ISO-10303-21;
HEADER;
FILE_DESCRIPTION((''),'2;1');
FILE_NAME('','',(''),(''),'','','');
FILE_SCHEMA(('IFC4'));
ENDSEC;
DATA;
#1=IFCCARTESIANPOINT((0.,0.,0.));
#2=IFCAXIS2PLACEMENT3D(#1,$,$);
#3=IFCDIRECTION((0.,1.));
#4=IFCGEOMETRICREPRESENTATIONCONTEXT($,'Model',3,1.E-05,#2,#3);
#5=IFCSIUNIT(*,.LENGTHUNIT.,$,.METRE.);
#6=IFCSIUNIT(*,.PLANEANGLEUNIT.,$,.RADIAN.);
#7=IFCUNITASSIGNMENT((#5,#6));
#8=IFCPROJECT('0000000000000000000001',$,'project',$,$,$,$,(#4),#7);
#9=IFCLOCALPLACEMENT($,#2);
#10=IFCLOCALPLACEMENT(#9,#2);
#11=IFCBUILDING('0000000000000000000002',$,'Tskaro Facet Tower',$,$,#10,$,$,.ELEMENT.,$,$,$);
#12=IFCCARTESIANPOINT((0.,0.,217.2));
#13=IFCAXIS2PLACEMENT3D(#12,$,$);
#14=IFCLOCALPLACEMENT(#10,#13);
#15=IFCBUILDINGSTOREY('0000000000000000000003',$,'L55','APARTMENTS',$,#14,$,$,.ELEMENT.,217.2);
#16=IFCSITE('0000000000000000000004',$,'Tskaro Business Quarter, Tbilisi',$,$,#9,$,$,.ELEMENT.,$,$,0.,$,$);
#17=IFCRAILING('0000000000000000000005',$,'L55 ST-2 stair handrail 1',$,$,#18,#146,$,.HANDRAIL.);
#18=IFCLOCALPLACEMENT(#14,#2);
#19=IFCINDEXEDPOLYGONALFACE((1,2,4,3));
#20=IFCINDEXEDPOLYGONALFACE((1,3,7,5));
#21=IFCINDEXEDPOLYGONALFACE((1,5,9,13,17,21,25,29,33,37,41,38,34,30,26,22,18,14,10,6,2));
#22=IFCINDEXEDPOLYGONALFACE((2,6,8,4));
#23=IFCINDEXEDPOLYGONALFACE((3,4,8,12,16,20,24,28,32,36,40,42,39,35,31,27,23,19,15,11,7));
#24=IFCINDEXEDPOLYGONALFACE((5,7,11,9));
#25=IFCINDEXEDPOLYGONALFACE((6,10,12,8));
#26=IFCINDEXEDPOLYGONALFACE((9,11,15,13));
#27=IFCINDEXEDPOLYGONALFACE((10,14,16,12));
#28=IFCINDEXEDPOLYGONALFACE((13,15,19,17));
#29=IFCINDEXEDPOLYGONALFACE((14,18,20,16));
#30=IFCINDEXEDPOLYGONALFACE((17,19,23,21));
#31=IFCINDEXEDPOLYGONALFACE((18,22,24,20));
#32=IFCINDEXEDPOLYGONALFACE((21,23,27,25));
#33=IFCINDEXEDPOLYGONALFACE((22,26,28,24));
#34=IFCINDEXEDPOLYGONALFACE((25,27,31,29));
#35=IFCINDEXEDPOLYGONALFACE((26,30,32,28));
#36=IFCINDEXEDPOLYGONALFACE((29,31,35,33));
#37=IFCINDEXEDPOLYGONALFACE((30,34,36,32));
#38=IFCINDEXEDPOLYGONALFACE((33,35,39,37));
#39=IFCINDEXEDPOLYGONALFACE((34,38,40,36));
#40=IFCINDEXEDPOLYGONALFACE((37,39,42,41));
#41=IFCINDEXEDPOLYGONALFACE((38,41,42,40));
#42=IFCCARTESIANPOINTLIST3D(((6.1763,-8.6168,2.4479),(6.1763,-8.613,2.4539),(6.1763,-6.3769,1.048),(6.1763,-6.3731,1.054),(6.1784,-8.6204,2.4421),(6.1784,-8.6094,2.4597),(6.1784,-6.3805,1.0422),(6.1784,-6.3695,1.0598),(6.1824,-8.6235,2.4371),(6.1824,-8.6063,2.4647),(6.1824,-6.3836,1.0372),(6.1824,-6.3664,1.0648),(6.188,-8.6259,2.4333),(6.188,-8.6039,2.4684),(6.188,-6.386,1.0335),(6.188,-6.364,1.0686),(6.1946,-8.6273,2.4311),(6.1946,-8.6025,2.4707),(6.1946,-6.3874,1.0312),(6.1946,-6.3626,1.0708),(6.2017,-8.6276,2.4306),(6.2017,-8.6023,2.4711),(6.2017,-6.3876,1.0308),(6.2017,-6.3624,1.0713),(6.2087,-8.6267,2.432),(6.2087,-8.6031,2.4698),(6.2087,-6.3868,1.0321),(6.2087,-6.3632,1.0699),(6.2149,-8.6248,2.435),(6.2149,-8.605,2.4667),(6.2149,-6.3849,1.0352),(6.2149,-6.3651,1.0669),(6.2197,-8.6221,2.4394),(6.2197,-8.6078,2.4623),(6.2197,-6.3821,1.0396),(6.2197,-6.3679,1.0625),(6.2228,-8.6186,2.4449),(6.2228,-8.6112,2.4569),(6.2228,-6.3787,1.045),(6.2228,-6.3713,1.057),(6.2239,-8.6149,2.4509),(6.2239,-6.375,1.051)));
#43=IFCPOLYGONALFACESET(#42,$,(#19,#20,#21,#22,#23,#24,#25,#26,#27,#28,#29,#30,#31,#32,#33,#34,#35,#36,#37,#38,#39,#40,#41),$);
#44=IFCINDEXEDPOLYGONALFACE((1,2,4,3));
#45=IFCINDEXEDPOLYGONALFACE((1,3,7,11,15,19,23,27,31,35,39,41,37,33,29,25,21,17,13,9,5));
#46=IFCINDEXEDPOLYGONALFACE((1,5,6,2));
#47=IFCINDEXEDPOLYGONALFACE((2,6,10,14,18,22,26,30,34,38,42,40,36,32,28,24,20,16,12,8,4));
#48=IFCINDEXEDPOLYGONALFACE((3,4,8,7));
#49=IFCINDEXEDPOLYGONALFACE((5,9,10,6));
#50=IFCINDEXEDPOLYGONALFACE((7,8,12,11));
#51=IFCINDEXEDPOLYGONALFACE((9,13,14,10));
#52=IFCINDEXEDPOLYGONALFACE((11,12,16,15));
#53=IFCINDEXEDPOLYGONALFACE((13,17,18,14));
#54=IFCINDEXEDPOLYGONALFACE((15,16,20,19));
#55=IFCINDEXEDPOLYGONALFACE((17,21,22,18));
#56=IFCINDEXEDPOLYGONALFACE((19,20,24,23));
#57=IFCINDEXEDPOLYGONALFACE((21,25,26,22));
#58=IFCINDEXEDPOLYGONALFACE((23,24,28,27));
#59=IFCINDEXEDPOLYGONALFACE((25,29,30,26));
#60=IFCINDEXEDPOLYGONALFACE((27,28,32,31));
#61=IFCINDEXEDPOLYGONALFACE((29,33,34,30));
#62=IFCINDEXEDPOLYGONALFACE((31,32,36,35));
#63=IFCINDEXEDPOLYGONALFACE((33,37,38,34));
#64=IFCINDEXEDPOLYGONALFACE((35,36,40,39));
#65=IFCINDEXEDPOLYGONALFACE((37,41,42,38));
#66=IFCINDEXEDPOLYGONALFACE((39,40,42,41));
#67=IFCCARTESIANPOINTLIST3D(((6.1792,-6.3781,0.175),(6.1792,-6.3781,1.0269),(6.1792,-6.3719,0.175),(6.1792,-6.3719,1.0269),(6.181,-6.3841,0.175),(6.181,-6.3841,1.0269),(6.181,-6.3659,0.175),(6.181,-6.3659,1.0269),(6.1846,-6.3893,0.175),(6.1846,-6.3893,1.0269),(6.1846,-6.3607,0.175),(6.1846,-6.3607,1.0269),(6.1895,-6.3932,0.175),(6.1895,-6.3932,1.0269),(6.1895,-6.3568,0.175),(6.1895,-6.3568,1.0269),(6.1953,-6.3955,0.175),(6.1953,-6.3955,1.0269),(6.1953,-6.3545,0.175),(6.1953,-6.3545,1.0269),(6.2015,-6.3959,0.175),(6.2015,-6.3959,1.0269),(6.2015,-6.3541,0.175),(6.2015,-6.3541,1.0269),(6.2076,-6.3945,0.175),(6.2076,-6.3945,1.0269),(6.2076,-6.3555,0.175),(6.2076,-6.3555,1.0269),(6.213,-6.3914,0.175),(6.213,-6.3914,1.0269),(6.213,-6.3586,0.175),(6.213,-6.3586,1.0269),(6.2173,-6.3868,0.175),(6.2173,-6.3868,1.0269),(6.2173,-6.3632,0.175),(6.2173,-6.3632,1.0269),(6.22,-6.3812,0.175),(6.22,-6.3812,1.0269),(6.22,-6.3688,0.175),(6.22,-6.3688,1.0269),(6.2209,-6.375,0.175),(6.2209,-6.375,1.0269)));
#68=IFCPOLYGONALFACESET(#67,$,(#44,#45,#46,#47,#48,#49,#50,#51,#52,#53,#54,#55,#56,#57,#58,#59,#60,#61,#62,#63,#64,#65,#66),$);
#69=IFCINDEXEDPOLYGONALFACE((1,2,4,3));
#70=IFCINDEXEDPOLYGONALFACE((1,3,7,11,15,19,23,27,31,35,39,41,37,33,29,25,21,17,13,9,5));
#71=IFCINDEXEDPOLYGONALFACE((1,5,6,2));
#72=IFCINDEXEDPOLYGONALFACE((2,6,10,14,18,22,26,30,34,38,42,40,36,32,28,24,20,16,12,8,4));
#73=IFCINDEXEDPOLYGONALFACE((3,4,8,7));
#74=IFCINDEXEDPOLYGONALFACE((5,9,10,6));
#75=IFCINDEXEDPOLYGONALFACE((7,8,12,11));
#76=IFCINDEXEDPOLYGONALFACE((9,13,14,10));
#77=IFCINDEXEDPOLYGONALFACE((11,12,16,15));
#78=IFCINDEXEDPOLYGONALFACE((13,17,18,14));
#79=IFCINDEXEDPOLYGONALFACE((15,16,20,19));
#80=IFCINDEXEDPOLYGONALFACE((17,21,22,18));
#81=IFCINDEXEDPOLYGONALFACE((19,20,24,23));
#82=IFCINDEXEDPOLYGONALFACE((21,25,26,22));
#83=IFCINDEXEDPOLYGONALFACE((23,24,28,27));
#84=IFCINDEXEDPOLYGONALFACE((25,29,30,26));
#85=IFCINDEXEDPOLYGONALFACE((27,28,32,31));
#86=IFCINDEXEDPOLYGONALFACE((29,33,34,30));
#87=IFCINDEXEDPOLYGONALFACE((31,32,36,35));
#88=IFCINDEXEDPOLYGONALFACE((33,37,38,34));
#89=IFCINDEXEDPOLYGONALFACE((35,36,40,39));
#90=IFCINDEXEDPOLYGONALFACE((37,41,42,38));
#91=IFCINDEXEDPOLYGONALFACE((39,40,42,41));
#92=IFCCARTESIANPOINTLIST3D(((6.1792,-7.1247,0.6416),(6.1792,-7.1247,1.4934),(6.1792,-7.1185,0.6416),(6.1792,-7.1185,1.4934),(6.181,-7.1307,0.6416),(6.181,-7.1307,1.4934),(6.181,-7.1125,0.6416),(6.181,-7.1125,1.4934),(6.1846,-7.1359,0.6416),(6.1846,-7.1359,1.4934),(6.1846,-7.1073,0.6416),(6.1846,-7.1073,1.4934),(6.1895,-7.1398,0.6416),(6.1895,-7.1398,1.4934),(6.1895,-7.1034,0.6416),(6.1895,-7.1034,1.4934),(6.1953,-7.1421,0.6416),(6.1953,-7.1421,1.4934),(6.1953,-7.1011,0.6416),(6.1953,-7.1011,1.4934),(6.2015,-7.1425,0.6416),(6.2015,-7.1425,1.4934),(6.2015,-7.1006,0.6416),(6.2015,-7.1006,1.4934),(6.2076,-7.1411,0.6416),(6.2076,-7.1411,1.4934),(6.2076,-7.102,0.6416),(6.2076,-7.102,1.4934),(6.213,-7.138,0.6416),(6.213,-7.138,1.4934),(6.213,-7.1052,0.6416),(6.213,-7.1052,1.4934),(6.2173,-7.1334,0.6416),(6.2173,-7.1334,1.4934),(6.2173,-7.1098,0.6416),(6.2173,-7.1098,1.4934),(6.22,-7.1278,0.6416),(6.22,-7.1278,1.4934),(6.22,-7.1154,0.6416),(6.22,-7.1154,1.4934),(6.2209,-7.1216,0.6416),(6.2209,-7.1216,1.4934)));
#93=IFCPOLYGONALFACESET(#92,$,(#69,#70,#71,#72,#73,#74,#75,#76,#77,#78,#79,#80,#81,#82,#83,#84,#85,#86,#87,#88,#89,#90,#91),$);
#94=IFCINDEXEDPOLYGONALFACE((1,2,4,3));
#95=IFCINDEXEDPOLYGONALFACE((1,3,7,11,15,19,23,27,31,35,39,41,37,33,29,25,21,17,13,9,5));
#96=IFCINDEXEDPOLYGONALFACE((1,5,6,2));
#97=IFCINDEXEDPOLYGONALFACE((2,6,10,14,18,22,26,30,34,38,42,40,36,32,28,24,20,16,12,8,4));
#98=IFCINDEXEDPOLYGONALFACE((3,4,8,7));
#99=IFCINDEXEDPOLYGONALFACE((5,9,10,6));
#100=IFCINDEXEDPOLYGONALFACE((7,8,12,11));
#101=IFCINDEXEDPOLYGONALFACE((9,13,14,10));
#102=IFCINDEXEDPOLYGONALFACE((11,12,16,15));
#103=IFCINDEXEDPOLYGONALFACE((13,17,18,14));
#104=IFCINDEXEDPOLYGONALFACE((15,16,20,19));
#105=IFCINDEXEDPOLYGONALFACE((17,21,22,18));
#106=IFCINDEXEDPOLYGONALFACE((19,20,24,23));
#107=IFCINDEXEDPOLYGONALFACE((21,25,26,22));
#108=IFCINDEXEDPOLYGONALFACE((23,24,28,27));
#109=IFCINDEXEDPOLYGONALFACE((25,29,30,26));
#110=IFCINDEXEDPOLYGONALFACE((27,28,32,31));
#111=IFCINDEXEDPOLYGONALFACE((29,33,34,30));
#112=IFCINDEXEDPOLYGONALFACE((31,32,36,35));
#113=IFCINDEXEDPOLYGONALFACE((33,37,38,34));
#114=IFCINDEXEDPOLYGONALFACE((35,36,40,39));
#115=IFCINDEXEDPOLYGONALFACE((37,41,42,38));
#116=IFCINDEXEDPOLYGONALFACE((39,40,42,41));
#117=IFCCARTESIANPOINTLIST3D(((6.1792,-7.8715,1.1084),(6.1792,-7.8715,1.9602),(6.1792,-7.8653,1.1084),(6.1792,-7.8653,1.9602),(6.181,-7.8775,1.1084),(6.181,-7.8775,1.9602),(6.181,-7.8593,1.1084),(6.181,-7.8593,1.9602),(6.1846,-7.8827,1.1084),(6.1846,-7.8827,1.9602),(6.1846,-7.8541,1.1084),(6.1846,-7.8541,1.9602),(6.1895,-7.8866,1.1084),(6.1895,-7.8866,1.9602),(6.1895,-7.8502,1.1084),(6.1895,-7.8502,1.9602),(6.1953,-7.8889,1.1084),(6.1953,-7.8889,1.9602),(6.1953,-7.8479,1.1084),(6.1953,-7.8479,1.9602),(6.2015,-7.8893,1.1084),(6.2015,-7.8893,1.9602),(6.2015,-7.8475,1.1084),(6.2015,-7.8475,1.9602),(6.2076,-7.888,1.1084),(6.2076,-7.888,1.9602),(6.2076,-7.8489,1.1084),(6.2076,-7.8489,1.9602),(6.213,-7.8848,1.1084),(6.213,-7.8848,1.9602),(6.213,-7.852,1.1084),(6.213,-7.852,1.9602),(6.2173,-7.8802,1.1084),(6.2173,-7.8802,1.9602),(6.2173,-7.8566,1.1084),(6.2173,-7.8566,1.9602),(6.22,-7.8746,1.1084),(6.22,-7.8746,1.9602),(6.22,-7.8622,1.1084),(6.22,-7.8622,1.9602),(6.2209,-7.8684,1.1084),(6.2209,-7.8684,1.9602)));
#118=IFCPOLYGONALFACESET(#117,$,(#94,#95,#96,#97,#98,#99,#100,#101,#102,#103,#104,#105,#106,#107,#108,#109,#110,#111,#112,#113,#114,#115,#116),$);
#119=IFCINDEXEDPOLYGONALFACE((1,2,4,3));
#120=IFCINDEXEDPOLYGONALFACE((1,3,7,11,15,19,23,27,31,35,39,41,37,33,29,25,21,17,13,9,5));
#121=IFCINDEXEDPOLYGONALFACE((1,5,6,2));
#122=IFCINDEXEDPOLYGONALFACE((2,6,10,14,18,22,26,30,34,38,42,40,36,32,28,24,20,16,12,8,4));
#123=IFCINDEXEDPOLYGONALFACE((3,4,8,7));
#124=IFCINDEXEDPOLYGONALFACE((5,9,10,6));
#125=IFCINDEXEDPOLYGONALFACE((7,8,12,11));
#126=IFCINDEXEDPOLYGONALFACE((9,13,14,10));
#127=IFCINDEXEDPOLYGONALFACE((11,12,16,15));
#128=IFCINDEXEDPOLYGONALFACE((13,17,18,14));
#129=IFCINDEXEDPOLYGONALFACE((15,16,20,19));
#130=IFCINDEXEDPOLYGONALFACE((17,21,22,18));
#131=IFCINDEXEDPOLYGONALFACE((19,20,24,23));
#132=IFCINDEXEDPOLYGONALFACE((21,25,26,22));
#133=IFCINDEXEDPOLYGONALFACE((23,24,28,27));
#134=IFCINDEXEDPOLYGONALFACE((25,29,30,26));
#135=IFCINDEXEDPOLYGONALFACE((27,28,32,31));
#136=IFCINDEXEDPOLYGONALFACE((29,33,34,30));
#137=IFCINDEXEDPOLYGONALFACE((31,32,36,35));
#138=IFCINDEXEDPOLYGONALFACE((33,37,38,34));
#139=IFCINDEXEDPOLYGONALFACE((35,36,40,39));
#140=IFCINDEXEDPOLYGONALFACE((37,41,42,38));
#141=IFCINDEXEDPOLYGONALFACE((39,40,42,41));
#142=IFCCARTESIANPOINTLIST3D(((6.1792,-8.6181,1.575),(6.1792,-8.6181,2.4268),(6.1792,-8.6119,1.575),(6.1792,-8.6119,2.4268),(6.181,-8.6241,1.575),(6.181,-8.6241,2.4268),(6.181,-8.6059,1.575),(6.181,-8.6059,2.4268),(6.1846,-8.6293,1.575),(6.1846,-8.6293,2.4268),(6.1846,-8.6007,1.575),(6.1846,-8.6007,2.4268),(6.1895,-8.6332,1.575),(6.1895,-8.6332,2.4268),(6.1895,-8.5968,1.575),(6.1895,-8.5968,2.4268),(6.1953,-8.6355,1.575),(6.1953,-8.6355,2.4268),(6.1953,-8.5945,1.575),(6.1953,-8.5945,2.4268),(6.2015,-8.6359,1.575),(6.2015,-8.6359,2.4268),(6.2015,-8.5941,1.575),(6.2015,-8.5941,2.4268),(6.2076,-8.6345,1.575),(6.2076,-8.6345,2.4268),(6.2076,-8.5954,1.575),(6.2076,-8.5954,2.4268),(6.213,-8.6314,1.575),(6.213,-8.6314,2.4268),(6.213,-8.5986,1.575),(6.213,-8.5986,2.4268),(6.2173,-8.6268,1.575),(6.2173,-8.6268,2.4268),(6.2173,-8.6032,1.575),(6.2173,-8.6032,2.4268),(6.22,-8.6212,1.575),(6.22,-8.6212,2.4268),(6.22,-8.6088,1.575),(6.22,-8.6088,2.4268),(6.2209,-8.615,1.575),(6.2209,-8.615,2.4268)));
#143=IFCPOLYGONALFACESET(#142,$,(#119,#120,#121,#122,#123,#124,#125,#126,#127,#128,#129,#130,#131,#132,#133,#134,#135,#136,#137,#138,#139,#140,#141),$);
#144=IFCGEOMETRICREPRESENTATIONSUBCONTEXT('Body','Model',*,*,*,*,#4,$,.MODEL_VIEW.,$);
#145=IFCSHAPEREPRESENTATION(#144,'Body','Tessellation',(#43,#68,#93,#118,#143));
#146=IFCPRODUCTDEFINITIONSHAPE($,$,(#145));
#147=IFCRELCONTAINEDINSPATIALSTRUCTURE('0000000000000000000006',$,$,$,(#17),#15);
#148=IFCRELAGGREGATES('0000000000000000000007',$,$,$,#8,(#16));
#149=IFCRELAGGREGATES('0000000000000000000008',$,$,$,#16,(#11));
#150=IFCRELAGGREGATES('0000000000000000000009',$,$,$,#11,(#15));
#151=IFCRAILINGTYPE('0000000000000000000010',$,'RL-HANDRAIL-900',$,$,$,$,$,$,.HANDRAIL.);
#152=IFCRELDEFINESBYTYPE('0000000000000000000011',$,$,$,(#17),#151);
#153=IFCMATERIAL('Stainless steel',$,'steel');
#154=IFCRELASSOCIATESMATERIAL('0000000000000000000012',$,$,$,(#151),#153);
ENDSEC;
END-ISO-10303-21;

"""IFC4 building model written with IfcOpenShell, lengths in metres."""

from ifc_helpers import new_model, si_unit, direction, frame, origin, origin_2d, place, context, subcontext, project, spatial, circle, extrude, material, type_object, element, save


model = new_model("IFC4")

# Units and contexts
model_context = context("Model", 3, precision=1e-05, world=origin(), true_north=direction((0.0, 1.0)))
body_context = subcontext(model_context, "Body", "Model", "MODEL_VIEW")
ifc_project = project(units=[si_unit("LENGTHUNIT", "METRE"), si_unit("PLANEANGLEUNIT", "RADIAN")], contexts=[model_context])

# Site, building, storey
site_placement = place(None, origin())
site = spatial("IfcSite", under=ifc_project, at=site_placement, Name="Tskaro Business Quarter, Tbilisi", CompositionType="ELEMENT", RefElevation=0.0)
building_placement = place(site_placement, origin())
building = spatial("IfcBuilding", under=site, at=building_placement, Name="Tskaro Facet Tower", CompositionType="ELEMENT")
storey_placement = place(building_placement, frame((0.0, 0.0, 217.2)))
storey = spatial("IfcBuildingStorey", under=building, at=storey_placement, Name="L55", Description="APARTMENTS", CompositionType="ELEMENT", Elevation=217.2)

# Railing
ifc_material_1 = material(Name="Stainless steel", Category="steel")
railing_type_1 = type_object("IfcRailingType", Name="RL-HANDRAIL-900", PredefinedType="HANDRAIL", material=ifc_material_1)
railing_1_placement = place(storey_placement, frame((6.2, -6.375, 0.175)))
element("IfcRailing", 1, at=railing_1_placement, inside=storey, type_object=railing_type_1, Name="L55 ST-2 stair handrail 1", PredefinedType="HANDRAIL", context=body_context, shape_type="SweptSolid", body=[
    extrude(circle(Radius=0.0239, at=origin_2d()), frame((0.0, 0.0, 0.876), z_axis=(0.0, -0.848014, 0.529974), x_axis=(1.0, 0.0, 0.0)), (0.0, 0.0, 1.0), 2.6414),
    extrude(circle(Radius=0.021, at=origin_2d()), origin(), (0.0, 0.0, 1.0), 0.8518),
    extrude(circle(Radius=0.021, at=origin_2d()), frame((0.0, -0.7466, 0.4666)), (0.0, 0.0, 1.0), 0.8518),
    extrude(circle(Radius=0.021, at=origin_2d()), frame((0.0, -1.4934, 0.9333)), (0.0, 0.0, 1.0), 0.8518),
    extrude(circle(Radius=0.021, at=origin_2d()), frame((0.0, -2.24, 1.3999)), (0.0, 0.0, 1.0), 0.8518),
])

save(model, "model.ifc")
